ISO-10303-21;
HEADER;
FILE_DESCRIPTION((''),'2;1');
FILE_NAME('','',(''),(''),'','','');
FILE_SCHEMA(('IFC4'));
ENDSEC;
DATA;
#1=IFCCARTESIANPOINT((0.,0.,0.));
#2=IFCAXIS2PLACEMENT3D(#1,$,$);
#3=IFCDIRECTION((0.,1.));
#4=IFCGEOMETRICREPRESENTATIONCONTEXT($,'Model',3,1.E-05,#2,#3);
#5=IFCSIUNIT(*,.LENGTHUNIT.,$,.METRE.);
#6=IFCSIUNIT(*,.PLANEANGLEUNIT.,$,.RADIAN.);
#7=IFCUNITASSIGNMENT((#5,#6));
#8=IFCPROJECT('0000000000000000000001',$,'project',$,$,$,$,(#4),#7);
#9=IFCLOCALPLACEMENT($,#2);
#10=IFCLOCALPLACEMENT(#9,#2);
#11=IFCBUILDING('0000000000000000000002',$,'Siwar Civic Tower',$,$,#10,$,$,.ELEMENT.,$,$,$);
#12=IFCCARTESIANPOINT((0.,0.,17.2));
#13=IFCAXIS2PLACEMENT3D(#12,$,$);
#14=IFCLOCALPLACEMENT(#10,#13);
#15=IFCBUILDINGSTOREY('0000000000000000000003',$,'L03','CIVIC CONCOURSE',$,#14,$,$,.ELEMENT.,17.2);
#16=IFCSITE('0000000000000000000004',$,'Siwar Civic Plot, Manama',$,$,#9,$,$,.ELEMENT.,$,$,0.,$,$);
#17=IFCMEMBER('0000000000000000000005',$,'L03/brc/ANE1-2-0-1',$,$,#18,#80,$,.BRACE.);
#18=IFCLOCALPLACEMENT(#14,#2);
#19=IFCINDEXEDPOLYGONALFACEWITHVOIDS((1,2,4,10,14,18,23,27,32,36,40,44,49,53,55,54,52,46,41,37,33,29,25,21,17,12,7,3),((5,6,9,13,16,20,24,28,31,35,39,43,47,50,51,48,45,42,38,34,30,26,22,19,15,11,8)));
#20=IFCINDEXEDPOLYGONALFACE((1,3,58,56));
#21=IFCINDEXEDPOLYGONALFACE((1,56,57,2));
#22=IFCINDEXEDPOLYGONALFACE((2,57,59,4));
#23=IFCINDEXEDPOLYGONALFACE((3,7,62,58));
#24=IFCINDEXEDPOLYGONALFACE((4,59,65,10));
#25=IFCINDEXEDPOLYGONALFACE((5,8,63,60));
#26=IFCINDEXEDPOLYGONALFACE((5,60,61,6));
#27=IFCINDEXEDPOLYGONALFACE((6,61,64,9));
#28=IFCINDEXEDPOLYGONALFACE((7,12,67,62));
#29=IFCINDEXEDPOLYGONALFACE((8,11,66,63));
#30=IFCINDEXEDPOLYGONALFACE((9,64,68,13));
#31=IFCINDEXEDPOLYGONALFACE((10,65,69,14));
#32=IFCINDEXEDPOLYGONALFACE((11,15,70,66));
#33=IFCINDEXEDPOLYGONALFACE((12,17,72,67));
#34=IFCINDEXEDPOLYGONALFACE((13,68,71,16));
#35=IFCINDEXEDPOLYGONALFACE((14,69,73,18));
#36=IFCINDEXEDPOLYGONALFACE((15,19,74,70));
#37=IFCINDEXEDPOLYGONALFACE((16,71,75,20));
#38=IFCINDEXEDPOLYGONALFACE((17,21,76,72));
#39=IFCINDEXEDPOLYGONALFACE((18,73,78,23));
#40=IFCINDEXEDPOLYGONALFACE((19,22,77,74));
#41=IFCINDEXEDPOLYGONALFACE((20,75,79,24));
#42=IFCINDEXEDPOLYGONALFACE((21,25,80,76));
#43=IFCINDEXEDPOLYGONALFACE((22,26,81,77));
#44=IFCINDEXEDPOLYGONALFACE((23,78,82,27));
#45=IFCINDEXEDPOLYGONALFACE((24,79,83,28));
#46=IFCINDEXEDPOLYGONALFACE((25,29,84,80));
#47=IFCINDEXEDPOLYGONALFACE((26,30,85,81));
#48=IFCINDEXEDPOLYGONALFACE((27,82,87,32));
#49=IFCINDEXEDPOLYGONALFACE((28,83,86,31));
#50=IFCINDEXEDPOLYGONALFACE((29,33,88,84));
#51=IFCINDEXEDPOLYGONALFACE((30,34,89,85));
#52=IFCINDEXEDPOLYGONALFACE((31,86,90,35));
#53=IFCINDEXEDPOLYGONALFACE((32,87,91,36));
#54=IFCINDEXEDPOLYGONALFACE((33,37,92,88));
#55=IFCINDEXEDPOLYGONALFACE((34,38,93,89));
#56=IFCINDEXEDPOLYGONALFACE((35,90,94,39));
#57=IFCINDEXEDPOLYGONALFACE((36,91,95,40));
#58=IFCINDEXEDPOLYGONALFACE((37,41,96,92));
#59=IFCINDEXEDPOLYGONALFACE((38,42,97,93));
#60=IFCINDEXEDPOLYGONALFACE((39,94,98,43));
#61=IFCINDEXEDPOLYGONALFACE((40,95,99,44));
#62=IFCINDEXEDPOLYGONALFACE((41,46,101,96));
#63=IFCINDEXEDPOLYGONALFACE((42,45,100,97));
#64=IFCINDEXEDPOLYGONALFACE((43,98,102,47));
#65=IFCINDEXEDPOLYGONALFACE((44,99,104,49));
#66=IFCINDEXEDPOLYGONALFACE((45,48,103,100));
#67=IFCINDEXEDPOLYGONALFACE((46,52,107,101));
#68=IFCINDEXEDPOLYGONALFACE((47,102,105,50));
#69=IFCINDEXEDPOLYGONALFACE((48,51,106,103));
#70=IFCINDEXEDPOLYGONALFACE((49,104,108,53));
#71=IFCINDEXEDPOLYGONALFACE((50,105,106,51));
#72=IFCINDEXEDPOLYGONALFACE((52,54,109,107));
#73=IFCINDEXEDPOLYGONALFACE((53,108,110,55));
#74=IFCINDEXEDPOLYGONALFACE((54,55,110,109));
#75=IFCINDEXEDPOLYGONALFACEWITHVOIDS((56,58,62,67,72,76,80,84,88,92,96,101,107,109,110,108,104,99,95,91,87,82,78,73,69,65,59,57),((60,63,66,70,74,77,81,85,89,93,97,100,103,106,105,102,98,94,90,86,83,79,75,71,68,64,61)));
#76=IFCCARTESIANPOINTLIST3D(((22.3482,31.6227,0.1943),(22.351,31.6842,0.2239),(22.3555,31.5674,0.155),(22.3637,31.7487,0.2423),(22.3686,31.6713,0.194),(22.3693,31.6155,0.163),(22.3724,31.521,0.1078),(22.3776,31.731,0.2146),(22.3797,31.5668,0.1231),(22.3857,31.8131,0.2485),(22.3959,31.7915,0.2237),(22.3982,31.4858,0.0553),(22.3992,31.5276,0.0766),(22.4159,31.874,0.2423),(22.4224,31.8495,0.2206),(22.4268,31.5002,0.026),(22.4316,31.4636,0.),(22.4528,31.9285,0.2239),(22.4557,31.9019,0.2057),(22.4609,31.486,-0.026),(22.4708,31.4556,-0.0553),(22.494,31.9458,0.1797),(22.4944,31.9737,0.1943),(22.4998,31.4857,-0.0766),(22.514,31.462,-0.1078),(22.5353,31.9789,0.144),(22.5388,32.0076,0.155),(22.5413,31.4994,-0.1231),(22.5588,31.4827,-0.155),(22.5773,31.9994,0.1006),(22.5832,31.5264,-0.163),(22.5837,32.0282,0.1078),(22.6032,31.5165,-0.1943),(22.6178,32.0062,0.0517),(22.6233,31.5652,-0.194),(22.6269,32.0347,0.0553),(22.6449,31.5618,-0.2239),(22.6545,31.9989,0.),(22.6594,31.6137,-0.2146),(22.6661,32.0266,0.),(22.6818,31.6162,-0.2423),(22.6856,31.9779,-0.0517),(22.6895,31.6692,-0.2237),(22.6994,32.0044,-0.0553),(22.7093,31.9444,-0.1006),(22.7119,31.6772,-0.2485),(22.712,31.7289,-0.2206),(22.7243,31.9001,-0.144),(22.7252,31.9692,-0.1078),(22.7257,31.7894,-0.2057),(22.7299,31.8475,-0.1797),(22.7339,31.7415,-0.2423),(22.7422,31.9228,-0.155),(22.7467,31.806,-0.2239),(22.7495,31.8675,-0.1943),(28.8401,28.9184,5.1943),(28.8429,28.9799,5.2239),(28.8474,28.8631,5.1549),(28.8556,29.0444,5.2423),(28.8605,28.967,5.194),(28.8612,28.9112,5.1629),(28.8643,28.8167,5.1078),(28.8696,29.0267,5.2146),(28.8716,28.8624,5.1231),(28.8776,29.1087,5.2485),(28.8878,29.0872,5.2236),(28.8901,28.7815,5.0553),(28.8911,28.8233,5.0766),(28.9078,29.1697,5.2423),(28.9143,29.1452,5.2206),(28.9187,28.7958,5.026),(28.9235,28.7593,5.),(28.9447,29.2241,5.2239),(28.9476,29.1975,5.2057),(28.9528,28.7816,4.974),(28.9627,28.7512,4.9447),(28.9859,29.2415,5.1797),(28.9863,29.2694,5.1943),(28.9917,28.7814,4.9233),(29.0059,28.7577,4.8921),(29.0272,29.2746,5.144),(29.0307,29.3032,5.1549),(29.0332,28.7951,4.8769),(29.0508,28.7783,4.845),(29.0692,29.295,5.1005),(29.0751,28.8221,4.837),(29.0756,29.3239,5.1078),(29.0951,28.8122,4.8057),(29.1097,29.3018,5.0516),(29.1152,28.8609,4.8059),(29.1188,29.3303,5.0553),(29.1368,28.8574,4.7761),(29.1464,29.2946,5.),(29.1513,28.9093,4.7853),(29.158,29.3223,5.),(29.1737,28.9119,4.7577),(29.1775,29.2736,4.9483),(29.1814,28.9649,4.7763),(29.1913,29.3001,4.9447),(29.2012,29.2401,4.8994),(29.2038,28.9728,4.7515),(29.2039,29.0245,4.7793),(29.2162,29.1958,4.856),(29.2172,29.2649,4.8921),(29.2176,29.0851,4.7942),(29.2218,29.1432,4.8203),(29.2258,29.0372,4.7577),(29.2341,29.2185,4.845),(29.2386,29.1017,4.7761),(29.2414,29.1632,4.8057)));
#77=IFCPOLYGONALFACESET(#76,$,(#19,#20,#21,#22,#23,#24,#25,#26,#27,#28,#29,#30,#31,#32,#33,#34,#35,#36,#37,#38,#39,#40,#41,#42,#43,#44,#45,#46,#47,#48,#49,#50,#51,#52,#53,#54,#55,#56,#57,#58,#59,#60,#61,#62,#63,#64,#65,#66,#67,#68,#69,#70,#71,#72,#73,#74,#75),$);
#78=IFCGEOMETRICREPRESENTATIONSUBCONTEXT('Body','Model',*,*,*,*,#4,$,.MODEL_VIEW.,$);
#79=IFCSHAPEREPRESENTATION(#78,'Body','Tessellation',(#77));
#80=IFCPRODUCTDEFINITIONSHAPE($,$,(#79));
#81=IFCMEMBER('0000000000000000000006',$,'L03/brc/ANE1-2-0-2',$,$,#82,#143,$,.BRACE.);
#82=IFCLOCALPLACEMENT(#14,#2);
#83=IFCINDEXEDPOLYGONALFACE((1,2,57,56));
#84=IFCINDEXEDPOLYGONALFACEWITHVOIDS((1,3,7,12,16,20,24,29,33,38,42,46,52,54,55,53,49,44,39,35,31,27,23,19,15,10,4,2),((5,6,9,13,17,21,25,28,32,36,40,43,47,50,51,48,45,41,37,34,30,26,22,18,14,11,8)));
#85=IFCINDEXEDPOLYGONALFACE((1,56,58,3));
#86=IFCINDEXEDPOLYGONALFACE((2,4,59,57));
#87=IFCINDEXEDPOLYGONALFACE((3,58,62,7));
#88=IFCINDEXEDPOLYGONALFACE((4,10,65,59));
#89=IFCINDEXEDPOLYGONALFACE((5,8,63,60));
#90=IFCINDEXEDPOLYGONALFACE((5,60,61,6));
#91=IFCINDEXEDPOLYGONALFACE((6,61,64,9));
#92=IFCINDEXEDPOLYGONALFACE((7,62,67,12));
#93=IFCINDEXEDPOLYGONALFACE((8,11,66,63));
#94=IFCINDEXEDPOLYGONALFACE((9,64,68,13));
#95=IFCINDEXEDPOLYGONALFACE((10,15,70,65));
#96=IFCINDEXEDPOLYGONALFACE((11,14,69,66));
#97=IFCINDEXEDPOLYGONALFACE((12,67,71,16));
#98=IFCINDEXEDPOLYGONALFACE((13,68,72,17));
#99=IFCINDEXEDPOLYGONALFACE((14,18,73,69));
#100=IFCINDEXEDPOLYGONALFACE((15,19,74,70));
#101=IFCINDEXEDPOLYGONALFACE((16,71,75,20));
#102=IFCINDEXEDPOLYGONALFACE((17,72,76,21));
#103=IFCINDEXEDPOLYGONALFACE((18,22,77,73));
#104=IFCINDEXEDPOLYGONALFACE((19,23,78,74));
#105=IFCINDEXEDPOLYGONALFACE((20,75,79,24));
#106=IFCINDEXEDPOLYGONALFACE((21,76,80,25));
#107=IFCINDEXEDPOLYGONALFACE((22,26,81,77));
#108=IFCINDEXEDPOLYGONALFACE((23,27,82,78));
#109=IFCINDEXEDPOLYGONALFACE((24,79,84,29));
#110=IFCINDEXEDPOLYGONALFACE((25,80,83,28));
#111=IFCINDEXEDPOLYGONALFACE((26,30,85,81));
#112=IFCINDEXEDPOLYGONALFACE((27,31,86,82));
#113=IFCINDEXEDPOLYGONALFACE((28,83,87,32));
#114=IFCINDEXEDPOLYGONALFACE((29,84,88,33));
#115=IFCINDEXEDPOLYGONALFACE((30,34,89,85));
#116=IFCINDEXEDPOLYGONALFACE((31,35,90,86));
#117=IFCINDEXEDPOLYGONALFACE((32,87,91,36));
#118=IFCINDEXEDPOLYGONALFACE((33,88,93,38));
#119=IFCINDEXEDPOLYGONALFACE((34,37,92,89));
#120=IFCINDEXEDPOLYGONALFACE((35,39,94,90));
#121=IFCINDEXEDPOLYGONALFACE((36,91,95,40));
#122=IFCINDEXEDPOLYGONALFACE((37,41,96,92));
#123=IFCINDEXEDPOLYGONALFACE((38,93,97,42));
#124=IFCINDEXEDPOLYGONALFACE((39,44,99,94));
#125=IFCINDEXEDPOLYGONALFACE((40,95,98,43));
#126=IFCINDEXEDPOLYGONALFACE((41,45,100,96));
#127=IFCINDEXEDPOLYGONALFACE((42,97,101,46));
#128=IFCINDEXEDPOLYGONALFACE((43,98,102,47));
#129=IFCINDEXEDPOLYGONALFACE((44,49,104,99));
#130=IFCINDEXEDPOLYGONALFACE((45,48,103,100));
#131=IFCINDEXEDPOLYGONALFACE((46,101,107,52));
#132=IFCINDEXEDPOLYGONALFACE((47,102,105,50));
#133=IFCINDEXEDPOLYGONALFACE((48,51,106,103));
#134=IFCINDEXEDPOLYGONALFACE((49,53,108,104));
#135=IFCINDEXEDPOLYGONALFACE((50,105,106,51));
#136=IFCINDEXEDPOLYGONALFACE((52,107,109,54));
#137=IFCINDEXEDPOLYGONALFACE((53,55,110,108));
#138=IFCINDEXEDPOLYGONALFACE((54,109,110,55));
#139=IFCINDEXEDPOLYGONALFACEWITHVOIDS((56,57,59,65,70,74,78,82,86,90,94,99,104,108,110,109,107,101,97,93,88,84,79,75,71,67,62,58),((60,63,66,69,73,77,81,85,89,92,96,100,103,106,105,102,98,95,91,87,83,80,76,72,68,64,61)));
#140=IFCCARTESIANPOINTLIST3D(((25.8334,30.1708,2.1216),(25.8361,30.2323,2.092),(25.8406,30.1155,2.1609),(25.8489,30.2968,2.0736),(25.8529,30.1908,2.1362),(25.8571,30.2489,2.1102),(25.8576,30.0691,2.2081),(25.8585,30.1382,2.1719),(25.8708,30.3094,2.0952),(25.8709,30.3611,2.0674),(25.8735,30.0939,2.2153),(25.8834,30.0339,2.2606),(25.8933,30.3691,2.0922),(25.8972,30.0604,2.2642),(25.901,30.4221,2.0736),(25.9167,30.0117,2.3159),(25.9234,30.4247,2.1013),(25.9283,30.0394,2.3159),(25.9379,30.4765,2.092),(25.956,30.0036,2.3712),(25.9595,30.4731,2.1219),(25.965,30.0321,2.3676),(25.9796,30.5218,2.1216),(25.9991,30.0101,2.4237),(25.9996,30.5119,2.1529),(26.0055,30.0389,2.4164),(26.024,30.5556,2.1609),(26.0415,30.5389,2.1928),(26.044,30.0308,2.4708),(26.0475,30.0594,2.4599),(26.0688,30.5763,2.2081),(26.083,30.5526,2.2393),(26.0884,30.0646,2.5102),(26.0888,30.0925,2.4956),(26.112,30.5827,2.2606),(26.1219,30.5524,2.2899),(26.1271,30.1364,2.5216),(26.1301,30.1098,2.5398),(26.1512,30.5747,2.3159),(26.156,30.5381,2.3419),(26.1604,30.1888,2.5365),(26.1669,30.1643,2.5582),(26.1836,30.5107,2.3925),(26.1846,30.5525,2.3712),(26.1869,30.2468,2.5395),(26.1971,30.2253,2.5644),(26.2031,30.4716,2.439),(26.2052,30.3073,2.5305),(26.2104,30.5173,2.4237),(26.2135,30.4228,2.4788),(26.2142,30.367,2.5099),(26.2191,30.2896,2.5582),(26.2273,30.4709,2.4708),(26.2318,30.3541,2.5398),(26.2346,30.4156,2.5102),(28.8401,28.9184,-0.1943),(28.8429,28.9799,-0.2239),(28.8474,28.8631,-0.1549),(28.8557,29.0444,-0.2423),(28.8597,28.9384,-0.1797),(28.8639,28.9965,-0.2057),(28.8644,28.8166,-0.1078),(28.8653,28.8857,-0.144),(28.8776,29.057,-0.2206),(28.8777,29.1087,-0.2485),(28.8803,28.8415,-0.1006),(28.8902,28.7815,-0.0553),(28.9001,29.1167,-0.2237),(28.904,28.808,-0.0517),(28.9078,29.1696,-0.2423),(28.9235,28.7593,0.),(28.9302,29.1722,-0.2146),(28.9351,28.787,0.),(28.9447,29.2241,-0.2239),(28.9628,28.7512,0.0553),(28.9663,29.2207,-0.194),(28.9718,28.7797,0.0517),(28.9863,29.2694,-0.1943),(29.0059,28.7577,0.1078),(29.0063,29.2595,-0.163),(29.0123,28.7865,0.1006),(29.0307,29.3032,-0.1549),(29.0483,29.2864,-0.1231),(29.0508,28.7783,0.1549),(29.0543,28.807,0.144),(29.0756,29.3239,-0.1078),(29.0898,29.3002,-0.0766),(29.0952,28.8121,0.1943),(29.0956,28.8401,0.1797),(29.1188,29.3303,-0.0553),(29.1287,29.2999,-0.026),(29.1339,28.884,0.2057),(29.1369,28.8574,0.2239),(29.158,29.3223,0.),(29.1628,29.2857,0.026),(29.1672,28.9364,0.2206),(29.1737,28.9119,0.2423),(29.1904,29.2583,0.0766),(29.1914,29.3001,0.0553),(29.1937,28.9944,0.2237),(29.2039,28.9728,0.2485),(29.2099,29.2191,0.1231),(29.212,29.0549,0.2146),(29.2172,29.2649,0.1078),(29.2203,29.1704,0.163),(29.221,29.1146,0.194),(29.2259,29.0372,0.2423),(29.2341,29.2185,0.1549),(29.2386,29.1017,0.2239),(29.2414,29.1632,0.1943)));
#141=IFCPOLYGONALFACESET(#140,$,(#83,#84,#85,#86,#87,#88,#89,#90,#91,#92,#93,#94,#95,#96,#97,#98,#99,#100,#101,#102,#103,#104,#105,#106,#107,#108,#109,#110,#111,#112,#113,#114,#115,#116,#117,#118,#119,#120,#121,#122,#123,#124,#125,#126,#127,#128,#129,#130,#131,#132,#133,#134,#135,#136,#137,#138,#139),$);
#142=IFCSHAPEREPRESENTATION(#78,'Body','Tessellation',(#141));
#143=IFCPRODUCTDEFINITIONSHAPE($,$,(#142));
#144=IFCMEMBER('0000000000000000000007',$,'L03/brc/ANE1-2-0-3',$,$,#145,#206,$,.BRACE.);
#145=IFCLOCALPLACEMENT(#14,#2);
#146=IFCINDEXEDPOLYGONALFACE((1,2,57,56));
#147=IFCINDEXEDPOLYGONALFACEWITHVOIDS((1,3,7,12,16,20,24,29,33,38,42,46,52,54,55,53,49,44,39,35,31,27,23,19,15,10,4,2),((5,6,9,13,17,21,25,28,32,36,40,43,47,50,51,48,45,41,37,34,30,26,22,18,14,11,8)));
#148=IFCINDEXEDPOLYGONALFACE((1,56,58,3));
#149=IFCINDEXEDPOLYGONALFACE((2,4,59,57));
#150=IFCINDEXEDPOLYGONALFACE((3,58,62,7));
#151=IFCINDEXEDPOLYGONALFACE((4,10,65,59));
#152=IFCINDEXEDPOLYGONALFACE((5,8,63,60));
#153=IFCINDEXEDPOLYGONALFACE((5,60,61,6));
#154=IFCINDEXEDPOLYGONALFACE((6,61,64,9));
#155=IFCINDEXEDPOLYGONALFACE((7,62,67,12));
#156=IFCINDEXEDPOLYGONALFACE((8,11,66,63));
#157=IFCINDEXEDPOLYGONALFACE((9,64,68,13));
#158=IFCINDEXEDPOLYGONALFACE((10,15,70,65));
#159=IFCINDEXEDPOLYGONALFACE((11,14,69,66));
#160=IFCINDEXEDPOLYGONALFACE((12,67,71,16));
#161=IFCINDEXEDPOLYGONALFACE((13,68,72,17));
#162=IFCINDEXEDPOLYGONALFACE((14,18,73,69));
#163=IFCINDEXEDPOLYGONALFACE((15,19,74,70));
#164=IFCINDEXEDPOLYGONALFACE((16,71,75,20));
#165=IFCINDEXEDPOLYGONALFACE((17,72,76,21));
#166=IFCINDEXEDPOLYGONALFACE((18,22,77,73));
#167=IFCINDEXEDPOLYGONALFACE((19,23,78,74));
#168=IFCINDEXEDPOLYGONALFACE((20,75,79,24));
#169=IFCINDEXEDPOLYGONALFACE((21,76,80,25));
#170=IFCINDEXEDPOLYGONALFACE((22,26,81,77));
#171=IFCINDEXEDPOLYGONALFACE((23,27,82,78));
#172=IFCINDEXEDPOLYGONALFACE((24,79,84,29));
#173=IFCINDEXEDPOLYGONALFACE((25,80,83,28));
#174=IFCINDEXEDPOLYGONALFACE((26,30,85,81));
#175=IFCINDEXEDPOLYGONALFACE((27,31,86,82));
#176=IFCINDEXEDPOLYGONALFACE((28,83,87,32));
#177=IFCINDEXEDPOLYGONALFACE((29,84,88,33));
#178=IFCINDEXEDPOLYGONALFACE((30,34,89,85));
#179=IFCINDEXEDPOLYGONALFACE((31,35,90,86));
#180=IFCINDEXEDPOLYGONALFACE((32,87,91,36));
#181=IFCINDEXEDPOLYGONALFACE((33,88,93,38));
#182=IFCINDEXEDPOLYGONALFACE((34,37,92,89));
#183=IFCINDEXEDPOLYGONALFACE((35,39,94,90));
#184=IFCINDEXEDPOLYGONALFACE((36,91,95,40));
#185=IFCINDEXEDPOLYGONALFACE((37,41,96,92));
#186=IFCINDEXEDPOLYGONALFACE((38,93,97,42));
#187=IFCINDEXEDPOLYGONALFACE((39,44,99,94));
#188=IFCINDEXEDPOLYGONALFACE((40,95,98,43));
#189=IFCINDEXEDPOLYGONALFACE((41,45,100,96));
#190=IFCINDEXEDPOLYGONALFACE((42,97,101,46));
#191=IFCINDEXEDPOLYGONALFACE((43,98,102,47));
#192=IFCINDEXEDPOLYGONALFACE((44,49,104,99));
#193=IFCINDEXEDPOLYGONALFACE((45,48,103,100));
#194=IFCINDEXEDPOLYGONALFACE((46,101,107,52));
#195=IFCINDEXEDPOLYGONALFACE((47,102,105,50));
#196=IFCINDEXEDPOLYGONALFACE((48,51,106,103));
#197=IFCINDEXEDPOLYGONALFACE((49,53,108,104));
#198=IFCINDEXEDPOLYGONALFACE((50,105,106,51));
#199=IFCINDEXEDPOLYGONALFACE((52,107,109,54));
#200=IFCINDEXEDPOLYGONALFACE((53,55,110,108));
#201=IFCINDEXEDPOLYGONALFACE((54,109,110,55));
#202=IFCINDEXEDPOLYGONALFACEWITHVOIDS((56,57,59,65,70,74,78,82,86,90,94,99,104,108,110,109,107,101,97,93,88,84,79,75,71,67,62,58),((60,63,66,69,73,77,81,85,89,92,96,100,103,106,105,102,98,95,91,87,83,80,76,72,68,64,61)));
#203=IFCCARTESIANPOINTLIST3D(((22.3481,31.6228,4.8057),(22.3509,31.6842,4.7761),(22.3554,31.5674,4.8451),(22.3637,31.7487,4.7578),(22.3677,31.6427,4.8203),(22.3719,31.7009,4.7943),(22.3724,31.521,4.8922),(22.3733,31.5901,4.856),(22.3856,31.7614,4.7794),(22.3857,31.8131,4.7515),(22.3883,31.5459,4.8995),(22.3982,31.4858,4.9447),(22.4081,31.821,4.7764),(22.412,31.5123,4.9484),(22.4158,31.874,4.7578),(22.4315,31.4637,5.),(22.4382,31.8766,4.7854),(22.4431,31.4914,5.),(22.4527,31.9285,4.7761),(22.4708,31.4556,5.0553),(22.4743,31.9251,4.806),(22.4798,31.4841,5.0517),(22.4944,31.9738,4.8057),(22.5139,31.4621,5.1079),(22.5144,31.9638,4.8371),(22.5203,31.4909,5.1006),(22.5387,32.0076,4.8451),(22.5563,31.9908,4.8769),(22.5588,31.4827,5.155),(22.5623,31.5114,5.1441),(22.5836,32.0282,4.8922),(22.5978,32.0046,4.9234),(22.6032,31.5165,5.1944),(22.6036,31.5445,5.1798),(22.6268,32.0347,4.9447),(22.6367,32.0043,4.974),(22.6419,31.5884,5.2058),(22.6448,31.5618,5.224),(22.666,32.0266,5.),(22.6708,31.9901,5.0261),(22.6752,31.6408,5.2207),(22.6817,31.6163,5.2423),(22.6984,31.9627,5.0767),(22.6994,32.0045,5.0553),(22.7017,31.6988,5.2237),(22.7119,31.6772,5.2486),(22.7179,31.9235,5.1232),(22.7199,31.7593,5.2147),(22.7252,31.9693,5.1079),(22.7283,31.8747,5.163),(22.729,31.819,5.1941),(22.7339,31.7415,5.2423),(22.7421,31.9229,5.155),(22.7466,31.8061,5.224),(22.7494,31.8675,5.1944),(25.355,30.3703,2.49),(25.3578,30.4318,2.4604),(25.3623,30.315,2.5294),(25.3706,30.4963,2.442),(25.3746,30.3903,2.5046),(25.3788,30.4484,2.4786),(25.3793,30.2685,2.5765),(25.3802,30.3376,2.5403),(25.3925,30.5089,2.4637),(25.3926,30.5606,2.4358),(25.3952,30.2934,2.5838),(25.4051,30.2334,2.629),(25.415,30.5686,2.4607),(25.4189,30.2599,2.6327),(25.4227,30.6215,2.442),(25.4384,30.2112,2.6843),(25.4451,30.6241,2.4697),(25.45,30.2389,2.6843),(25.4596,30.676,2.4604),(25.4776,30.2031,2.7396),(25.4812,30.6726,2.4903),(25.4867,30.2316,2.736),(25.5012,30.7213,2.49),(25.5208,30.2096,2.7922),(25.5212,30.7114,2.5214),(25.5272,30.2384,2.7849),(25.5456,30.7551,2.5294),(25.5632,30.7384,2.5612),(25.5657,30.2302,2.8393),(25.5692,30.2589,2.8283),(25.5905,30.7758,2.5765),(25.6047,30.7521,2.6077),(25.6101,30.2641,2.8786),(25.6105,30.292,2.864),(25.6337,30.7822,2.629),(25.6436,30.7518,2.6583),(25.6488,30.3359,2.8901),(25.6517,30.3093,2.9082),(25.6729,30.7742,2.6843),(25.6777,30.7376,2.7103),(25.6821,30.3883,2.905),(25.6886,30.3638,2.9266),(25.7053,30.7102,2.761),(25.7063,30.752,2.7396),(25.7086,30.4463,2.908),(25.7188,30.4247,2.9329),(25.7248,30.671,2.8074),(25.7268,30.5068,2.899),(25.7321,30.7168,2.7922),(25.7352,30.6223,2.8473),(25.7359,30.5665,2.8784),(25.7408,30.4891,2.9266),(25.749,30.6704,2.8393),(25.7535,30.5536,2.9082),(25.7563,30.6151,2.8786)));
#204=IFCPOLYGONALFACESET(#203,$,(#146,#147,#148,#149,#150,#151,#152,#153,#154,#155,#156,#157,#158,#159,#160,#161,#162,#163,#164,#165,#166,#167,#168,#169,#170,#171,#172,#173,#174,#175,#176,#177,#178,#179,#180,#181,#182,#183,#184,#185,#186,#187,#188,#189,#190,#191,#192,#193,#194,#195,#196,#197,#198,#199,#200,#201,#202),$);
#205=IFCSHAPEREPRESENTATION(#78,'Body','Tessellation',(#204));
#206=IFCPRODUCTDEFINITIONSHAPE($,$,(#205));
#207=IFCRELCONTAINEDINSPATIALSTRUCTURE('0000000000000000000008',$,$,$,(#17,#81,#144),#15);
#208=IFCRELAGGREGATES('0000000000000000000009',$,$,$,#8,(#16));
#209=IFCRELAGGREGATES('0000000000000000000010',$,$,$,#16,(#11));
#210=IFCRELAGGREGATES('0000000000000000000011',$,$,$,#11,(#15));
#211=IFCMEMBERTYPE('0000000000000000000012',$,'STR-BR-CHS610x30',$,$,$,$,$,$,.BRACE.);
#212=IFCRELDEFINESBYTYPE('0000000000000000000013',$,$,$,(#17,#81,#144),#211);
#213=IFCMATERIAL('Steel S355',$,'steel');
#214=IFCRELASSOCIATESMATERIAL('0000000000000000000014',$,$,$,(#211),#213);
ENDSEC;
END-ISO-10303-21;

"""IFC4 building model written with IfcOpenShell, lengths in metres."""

from ifc_helpers import new_model, si_unit, direction, frame, origin, origin_2d, place, context, subcontext, project, spatial, hollow_circle, extrude, material, material_profile, profile_set, type_object, element, save


model = new_model("IFC4")

# Units and contexts
model_context = context("Model", 3, precision=1e-05, world=origin(), true_north=direction((0.0, 1.0)))
body_context = subcontext(model_context, "Body", "Model", "MODEL_VIEW")
ifc_project = project(units=[si_unit("LENGTHUNIT", "METRE"), si_unit("PLANEANGLEUNIT", "RADIAN")], contexts=[model_context])

# Site, building, storey
site_placement = place(None, origin())
site = spatial("IfcSite", under=ifc_project, at=site_placement, Name="Siwar Civic Plot, Manama", CompositionType="ELEMENT", RefElevation=0.0)
building_placement = place(site_placement, origin())
building = spatial("IfcBuilding", under=site, at=building_placement, Name="Siwar Civic Tower", CompositionType="ELEMENT")
storey_placement = place(building_placement, frame((0.0, 0.0, 17.2)))
storey = spatial("IfcBuildingStorey", under=building, at=storey_placement, Name="L03", Description="CIVIC CONCOURSE", CompositionType="ELEMENT", Elevation=17.2)

# Members
ifc_material_1 = material(Name="Steel S355", Category="steel")
ifc_material_profile_1 = material_profile(ifc_material_1, hollow_circle(Radius=0.3049, WallThickness=0.03, at=origin_2d()), Name="CHS610x30")
ifc_profile_set_1 = profile_set([ifc_material_profile_1], Name="Steel S355")
member_type_1 = type_object("IfcMemberType", Name="STR-BR-CHS610x30", PredefinedType="BRACE", material=ifc_profile_set_1)
member_1_placement = place(storey_placement, frame((22.5488, 31.7451, 0.0), z_axis=(0.752344, -0.313404, 0.579445), x_axis=(0.384539, 0.923109, 0.0)))
element("IfcMember", 1, at=member_1_placement, inside=storey, type_object=member_type_1, Name="L03/brc/ANE1-2-0-1", PredefinedType="BRACE", context=body_context, shape_type="SweptSolid", body=[
    extrude(hollow_circle(Radius=0.3049, WallThickness=0.03, at=origin_2d()), origin(), (0.0, 0.0, 1.0), 8.6289),
])
for number, where, z_axis, x_axis, name in (
    (2, (29.0408, 29.0408, 0.0), (-0.752341, 0.313373, 0.579466), (-0.384509, -0.923121, 0.0), "L03/brc/ANE1-2-0-2"),
    (3, (25.5557, 30.4927, 2.6843), (-0.752367, 0.313385, 0.579425), (-0.384509, -0.923121, 0.0), "L03/brc/ANE1-2-0-3"),
):
    element("IfcMember", number, at=place(storey_placement, frame(where, z_axis=z_axis, x_axis=x_axis)), inside=storey, type_object=member_type_1, Name=name, PredefinedType="BRACE", context=body_context, shape_type="SweptSolid", body=[
        extrude(hollow_circle(Radius=0.3049, WallThickness=0.03, at=origin_2d()), origin(), (0.0, 0.0, 1.0), 3.9966),
    ])

save(model, "model.ifc")
